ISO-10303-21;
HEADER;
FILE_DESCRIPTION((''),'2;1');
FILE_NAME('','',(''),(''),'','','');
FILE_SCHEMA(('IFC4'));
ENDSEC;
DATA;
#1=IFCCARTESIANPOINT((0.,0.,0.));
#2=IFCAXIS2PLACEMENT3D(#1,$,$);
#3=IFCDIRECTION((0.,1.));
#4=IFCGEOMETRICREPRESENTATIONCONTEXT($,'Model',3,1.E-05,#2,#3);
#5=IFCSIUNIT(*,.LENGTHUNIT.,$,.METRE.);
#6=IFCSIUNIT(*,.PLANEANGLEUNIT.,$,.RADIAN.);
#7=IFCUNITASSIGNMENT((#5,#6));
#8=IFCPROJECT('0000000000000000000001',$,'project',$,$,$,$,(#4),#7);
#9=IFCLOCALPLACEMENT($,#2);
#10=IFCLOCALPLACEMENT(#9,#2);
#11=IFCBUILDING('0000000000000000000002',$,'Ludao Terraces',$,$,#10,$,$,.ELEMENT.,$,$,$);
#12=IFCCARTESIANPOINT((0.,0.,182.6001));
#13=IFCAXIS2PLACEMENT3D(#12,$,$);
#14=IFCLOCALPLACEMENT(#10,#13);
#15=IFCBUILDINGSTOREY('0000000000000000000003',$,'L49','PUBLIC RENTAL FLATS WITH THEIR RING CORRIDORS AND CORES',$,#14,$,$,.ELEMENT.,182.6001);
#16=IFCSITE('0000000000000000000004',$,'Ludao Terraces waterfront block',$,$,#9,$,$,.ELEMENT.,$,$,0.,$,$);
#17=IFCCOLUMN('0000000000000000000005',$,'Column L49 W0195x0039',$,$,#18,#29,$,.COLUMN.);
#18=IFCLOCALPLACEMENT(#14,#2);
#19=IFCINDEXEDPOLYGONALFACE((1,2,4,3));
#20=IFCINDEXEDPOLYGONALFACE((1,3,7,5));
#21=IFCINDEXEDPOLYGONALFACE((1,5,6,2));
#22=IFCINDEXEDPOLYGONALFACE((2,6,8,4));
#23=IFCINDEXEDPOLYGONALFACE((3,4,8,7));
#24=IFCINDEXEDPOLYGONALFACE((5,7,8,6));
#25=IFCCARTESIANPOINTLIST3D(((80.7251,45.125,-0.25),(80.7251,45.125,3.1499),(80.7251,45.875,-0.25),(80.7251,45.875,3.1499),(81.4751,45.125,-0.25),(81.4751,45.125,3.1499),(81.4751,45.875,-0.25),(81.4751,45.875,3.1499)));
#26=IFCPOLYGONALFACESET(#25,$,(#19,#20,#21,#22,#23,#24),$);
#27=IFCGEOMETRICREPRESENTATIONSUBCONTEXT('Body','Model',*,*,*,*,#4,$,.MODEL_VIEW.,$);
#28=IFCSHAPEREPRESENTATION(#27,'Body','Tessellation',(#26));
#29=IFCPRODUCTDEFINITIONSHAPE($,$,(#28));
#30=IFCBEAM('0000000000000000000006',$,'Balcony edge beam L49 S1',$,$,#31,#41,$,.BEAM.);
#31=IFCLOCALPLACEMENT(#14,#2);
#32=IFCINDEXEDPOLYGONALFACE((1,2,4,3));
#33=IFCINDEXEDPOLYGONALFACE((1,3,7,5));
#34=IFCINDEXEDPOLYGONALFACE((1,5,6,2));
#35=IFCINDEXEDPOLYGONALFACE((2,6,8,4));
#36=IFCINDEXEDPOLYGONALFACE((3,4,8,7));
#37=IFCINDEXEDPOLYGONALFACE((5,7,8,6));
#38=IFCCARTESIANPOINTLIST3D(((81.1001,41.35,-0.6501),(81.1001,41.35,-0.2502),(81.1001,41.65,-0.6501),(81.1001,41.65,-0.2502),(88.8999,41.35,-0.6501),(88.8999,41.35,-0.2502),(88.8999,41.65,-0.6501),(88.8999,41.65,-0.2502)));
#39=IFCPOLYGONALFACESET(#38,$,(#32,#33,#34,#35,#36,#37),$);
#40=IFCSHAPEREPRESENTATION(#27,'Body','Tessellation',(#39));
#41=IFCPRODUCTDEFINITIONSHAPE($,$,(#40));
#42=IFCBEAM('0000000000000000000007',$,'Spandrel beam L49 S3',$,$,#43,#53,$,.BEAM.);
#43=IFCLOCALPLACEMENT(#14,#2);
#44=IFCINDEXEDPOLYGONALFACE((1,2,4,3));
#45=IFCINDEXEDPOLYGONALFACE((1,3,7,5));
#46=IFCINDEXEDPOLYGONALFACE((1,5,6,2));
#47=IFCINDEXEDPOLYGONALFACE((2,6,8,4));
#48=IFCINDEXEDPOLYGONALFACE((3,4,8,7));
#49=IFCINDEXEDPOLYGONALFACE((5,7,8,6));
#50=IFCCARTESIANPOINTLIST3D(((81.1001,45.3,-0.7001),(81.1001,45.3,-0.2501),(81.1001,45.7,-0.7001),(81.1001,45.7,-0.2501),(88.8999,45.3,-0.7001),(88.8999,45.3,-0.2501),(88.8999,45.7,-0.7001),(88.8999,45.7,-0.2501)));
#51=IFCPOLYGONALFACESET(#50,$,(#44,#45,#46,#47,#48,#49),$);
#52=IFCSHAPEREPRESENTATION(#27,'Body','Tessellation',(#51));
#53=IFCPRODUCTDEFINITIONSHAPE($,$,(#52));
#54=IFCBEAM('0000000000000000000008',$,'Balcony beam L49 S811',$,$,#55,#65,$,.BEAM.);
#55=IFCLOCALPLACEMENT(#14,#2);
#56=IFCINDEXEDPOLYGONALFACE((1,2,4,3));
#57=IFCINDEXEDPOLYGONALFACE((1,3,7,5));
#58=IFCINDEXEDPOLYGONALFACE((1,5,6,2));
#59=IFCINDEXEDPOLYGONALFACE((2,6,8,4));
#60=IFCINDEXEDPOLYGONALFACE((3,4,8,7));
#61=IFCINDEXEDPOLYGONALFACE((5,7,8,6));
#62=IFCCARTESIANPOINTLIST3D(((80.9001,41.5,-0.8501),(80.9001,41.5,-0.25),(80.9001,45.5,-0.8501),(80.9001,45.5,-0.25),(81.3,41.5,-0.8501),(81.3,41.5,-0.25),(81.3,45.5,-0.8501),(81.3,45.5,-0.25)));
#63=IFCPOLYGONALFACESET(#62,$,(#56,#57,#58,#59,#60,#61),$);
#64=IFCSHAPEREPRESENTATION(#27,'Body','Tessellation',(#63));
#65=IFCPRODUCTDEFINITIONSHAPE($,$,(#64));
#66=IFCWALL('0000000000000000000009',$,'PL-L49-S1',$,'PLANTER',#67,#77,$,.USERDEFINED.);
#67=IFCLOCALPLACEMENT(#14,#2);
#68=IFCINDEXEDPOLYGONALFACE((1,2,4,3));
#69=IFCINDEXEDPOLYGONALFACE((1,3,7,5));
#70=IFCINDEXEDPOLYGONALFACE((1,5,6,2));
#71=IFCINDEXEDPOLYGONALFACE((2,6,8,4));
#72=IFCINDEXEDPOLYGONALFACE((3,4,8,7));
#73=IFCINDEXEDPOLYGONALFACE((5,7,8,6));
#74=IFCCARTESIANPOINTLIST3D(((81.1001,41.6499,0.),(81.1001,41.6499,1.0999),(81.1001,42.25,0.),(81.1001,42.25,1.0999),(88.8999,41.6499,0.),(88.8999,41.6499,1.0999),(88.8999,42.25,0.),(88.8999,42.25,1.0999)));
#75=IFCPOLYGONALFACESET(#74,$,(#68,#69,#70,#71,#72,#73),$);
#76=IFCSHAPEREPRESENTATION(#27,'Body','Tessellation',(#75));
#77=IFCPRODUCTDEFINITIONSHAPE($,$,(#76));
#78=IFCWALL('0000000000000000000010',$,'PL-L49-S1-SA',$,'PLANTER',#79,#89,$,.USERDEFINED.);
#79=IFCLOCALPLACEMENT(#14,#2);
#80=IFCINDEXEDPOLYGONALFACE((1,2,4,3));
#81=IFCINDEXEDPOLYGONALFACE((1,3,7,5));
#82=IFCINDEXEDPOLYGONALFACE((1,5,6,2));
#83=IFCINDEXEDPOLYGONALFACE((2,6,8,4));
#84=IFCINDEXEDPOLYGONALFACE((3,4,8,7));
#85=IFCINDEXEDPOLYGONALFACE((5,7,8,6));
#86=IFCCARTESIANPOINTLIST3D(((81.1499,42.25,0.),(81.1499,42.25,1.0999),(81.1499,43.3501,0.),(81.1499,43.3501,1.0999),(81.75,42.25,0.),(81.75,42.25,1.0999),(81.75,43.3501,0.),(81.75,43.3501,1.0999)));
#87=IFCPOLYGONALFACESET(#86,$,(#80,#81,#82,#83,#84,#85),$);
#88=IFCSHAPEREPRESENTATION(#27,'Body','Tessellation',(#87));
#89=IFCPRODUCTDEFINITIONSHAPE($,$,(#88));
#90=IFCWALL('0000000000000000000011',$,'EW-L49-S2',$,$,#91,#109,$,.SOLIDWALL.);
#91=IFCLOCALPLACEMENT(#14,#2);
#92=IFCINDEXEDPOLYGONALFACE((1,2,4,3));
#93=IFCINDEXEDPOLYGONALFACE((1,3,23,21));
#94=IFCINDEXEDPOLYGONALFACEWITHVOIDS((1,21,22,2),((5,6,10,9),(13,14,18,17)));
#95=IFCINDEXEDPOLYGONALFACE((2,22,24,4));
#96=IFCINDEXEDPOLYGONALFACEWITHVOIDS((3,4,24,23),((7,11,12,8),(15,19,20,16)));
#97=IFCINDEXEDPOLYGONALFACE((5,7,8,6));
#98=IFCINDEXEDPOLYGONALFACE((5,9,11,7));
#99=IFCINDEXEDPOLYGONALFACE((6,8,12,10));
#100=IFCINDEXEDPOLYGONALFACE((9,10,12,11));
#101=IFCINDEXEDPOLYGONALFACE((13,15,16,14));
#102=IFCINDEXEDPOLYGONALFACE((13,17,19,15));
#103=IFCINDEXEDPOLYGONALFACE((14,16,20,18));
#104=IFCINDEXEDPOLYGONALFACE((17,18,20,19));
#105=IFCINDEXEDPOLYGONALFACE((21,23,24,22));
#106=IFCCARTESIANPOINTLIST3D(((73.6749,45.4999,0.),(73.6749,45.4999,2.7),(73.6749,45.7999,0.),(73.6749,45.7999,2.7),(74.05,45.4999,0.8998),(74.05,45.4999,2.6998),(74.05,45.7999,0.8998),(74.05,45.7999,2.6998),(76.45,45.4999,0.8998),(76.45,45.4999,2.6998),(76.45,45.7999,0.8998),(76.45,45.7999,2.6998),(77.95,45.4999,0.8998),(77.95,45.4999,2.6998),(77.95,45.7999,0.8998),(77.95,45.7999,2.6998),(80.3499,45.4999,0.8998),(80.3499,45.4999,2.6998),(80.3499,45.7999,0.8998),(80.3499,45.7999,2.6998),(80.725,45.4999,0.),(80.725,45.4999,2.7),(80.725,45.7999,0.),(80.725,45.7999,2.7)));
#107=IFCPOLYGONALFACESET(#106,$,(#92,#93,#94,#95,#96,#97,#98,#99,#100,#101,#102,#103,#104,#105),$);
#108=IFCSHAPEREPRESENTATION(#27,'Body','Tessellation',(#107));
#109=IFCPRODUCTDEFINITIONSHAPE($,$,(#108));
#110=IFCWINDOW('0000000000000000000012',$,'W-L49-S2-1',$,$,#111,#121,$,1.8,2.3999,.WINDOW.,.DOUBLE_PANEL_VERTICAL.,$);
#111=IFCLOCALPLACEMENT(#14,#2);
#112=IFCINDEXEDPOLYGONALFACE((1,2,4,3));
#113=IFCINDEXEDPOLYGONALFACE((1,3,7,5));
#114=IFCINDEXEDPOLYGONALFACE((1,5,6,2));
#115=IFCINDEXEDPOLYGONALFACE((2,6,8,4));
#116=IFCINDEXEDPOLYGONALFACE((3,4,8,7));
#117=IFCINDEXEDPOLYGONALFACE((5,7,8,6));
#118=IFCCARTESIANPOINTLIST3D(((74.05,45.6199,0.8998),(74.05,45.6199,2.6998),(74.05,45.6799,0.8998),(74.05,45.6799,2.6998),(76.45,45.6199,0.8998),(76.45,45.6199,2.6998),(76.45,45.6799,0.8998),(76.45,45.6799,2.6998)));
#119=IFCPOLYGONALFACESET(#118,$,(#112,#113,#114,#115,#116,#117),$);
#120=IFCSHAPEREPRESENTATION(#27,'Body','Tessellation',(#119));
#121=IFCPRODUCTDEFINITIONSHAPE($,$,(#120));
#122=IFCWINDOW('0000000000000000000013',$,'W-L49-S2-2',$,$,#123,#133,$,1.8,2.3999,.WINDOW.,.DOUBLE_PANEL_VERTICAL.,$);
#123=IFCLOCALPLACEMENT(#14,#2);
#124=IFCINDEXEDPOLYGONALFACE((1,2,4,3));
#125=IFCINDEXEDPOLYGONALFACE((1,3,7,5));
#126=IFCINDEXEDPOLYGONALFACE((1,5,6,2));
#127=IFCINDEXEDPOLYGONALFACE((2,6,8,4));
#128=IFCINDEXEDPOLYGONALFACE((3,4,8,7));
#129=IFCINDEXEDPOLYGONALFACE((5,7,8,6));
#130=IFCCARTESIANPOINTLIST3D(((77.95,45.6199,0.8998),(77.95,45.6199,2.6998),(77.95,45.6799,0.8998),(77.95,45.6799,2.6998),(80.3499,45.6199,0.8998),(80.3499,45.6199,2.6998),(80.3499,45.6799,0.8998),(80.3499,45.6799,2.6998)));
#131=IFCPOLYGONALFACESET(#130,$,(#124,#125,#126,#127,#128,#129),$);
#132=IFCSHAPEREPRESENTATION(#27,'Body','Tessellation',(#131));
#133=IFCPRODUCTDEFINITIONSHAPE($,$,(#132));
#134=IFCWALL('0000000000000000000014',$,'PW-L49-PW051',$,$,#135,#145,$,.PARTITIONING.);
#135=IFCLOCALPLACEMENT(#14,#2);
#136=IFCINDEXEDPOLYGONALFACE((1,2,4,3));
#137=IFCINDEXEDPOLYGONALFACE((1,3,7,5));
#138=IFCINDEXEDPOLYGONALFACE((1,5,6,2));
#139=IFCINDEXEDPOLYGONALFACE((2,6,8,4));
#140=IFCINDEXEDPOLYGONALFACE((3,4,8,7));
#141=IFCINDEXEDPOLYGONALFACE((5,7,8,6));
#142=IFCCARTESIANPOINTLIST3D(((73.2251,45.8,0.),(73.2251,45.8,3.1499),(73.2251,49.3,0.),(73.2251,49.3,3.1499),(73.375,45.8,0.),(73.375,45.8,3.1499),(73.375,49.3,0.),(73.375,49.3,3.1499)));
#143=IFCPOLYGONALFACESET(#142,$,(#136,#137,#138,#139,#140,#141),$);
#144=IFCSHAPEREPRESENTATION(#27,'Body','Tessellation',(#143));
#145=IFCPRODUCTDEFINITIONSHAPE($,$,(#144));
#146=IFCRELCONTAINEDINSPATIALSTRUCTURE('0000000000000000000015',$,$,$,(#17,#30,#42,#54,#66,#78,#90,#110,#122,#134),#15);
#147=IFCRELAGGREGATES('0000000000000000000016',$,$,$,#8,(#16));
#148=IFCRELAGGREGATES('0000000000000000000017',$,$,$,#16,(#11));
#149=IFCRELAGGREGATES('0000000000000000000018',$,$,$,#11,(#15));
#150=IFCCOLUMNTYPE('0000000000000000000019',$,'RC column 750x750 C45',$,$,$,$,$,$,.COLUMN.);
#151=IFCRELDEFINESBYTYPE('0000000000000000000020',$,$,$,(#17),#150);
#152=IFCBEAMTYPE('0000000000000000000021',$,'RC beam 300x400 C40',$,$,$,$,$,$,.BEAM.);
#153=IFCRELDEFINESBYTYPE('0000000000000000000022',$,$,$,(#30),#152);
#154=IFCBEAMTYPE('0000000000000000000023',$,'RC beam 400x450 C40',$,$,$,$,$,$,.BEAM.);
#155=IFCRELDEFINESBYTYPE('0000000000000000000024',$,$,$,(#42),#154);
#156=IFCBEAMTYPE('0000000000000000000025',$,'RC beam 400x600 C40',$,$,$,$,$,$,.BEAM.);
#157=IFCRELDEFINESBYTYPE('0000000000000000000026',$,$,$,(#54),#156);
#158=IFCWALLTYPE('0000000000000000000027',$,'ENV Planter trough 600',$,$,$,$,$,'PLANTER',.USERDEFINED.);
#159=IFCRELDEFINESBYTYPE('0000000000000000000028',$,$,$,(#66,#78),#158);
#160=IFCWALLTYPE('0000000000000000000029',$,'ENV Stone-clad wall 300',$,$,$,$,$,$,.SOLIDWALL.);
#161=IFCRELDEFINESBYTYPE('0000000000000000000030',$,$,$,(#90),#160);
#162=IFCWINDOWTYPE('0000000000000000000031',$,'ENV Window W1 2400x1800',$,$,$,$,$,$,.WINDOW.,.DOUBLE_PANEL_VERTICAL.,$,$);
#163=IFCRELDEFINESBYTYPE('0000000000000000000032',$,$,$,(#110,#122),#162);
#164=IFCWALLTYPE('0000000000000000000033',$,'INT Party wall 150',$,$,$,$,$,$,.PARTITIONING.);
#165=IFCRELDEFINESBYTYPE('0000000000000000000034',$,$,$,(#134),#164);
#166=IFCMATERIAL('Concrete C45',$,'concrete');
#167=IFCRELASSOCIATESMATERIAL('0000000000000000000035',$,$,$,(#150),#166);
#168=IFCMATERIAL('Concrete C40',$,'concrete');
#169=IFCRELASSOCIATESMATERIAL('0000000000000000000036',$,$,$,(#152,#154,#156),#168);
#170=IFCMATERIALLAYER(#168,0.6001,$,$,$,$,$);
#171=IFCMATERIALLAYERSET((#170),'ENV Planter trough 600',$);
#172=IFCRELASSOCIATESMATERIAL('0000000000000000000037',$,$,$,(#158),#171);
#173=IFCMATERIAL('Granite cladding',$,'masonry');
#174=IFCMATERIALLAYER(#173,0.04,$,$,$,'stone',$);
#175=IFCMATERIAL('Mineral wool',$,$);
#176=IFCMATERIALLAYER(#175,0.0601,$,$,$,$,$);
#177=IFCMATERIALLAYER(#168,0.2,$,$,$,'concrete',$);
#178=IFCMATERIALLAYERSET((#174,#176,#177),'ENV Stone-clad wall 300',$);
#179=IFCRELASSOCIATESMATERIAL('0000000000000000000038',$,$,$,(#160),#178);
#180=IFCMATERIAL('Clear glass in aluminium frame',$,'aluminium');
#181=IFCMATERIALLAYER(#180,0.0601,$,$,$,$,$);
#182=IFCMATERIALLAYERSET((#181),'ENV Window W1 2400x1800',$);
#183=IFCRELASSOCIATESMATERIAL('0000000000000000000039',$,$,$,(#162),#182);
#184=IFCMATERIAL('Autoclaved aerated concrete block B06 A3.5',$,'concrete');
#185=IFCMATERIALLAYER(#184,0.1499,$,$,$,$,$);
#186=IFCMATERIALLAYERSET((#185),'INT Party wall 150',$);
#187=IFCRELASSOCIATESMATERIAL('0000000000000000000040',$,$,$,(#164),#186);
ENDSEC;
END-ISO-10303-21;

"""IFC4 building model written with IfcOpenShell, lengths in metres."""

from ifc_helpers import new_model, si_unit, direction, frame, frame_2d, origin, origin_2d, place, context, subcontext, project, spatial, rectangle, extrude, material, layer, layer_set, material_profile, profile_set, type_object, element, fill, save


model = new_model("IFC4")

# Units and contexts
model_context = context("Model", 3, precision=1e-05, world=origin(), true_north=direction((0.0, 1.0)))
body_context = subcontext(model_context, "Body", "Model", "MODEL_VIEW")
ifc_project = project(units=[si_unit("LENGTHUNIT", "METRE"), si_unit("PLANEANGLEUNIT", "RADIAN")], contexts=[model_context])

# Site, building, storey
site_placement = place(None, origin())
site = spatial("IfcSite", under=ifc_project, at=site_placement, Name="Ludao Terraces waterfront block", CompositionType="ELEMENT", RefElevation=0.0)
building_placement = place(site_placement, origin())
building = spatial("IfcBuilding", under=site, at=building_placement, Name="Ludao Terraces", CompositionType="ELEMENT")
storey_placement = place(building_placement, frame((0.0, 0.0, 182.6001)))
storey = spatial("IfcBuildingStorey", under=building, at=storey_placement, Name="L49", Description="PUBLIC RENTAL FLATS WITH THEIR RING CORRIDORS AND CORES", CompositionType="ELEMENT", Elevation=182.6001)

# Column
ifc_material_1 = material(Name="Concrete C45", Category="concrete")
ifc_material_profile_1 = material_profile(ifc_material_1, rectangle(XDim=0.75, YDim=0.75, at=origin_2d()), Name="750 X 750")
ifc_profile_set_1 = profile_set([ifc_material_profile_1], Name="Concrete C45")
column_type = type_object("IfcColumnType", Name="RC column 750x750 C45", PredefinedType="COLUMN", material=ifc_profile_set_1)
column_placement = place(storey_placement, frame((81.1001, 45.5, -0.25), z_axis=(0.0, 0.0, 1.0), x_axis=(1.0, 0.0, 0.0)))
element("IfcColumn", 1, at=column_placement, inside=storey, type_object=column_type, Name="Column L49 W0195x0039", PredefinedType="COLUMN", context=body_context, shape_type="SweptSolid", body=[
    extrude(rectangle(XDim=0.75, YDim=0.75, at=origin_2d()), origin(), (0.0, 0.0, 1.0), 3.3999),
])

# Beams
ifc_material_2 = material(Name="Concrete C40", Category="concrete")
ifc_material_profile_2 = material_profile(ifc_material_2, rectangle(XDim=0.3, YDim=0.3999, at=origin_2d()), Name="300 X 400")
ifc_profile_set_2 = profile_set([ifc_material_profile_2], Name="Concrete C40")
beam_type_1 = type_object("IfcBeamType", Name="RC beam 300x400 C40", PredefinedType="BEAM", material=ifc_profile_set_2)
beam_1_placement = place(storey_placement, frame((81.1001, 41.5, -0.4502), z_axis=(1.0, 0.0, 0.0), x_axis=(0.0, 1.0, 0.0)))
element("IfcBeam", 2, at=beam_1_placement, inside=storey, type_object=beam_type_1, Name="Balcony edge beam L49 S1", PredefinedType="BEAM", context=body_context, shape_type="SweptSolid", body=[
    extrude(rectangle(XDim=0.3, YDim=0.3999, at=origin_2d()), origin(), (0.0, 0.0, 1.0), 7.7998),
])
ifc_material_profile_3 = material_profile(ifc_material_2, rectangle(XDim=0.3999, YDim=0.45, at=origin_2d()), Name="400 X 450")
ifc_profile_set_3 = profile_set([ifc_material_profile_3], Name="Concrete C40")
beam_type_2 = type_object("IfcBeamType", Name="RC beam 400x450 C40", PredefinedType="BEAM", material=ifc_profile_set_3)
beam_2_placement = place(storey_placement, frame((81.1001, 45.5, -0.4751), z_axis=(1.0, 0.0, 0.0), x_axis=(0.0, 1.0, 0.0)))
element("IfcBeam", 3, at=beam_2_placement, inside=storey, type_object=beam_type_2, Name="Spandrel beam L49 S3", PredefinedType="BEAM", context=body_context, shape_type="SweptSolid", body=[
    extrude(rectangle(XDim=0.3999, YDim=0.45, at=origin_2d()), origin(), (0.0, 0.0, 1.0), 7.7998),
])
ifc_material_profile_4 = material_profile(ifc_material_2, rectangle(XDim=0.3999, YDim=0.6001, at=origin_2d()), Name="400 X 600")
ifc_profile_set_4 = profile_set([ifc_material_profile_4], Name="Concrete C40")
beam_type_3 = type_object("IfcBeamType", Name="RC beam 400x600 C40", PredefinedType="BEAM", material=ifc_profile_set_4)
beam_3_placement = place(storey_placement, frame((81.1001, 45.5, -0.55), z_axis=(0.0, -1.0, 0.0), x_axis=(1.0, 0.0, 0.0)))
element("IfcBeam", 4, at=beam_3_placement, inside=storey, type_object=beam_type_3, Name="Balcony beam L49 S811", PredefinedType="BEAM", context=body_context, shape_type="SweptSolid", body=[
    extrude(rectangle(XDim=0.3999, YDim=0.6001, at=origin_2d()), origin(), (0.0, 0.0, 1.0), 4.0),
])

# Walls
ifc_layer_1 = layer(ifc_material_2, 0.6001)
ifc_layer_set_1 = layer_set([ifc_layer_1], Name="ENV Planter trough 600")
wall_type_1 = type_object("IfcWallType", Name="ENV Planter trough 600", ElementType="PLANTER", PredefinedType="USERDEFINED", material=ifc_layer_set_1)
wall_1_placement = place(storey_placement, frame((81.1001, 41.95, 0.0), z_axis=(0.0, 0.0, 1.0), x_axis=(1.0, 0.0, 0.0)))
element("IfcWall", 5, at=wall_1_placement, inside=storey, type_object=wall_type_1, Name="PL-L49-S1", ObjectType="PLANTER", PredefinedType="USERDEFINED", context=body_context, shape_type="SweptSolid", body=[
    extrude(rectangle(XDim=7.7998, YDim=0.6001, at=frame_2d((3.8999, 0.0))), origin(), (0.0, 0.0, 1.0), 1.0999),
])
wall_2_placement = place(storey_placement, frame((81.45, 42.25, 0.0), z_axis=(0.0, 0.0, 1.0), x_axis=(0.0, 1.0, 0.0)))
element("IfcWall", 6, at=wall_2_placement, inside=storey, type_object=wall_type_1, Name="PL-L49-S1-SA", ObjectType="PLANTER", PredefinedType="USERDEFINED", context=body_context, shape_type="SweptSolid", body=[
    extrude(rectangle(XDim=1.1001, YDim=0.6001, at=frame_2d((0.55, 0.0))), origin(), (0.0, 0.0, 1.0), 1.0999),
])

# Wall, openings, windows
ifc_material_3 = material(Name="Granite cladding", Category="masonry")
ifc_layer_2 = layer(ifc_material_3, 0.04, Category="stone")
ifc_material_4 = material(Name="Mineral wool")
ifc_layer_3 = layer(ifc_material_4, 0.0601)
ifc_layer_4 = layer(ifc_material_2, 0.2, Category="concrete")
ifc_layer_set_2 = layer_set([ifc_layer_2, ifc_layer_3, ifc_layer_4], Name="ENV Stone-clad wall 300")
wall_type_2 = type_object("IfcWallType", Name="ENV Stone-clad wall 300", PredefinedType="SOLIDWALL", material=ifc_layer_set_2)
wall_3_placement = place(storey_placement, frame((73.675, 45.6499, 0.0), z_axis=(0.0, 0.0, 1.0), x_axis=(1.0, 0.0, 0.0)))
wall_3 = element("IfcWall", 7, at=wall_3_placement, inside=storey, type_object=wall_type_2, Name="EW-L49-S2", PredefinedType="SOLIDWALL", context=body_context, shape_type="SweptSolid", body=[
    extrude(rectangle(XDim=7.05, YDim=0.3, at=frame_2d((3.5249, 0.0))), origin(), (0.0, 0.0, 1.0), 2.7),
])
opening_1_placement = place(wall_3_placement, frame((0.375, 0.0, 0.8999)))
opening_1 = element("IfcOpeningElement", 8, at=opening_1_placement, cuts=wall_3, PredefinedType="OPENING", context=body_context, shape_type="SweptSolid", body=[
    extrude(rectangle(XDim=2.3999, YDim=1.8, at=frame_2d((1.2, 0.8999))), frame((0.0, 0.1602, 0.0), z_axis=(0.0, -1.0, 0.0), x_axis=(1.0, 0.0, 0.0)), (0.0, 0.0, 1.0), 0.3201),
])
opening_2_placement = place(wall_3_placement, frame((4.2749, 0.0, 0.8999)))
opening_2 = element("IfcOpeningElement", 9, at=opening_2_placement, cuts=wall_3, PredefinedType="OPENING", context=body_context, shape_type="SweptSolid", body=[
    extrude(rectangle(XDim=2.3999, YDim=1.8, at=frame_2d((1.2, 0.8999))), frame((0.0, 0.1602, 0.0), z_axis=(0.0, -1.0, 0.0), x_axis=(1.0, 0.0, 0.0)), (0.0, 0.0, 1.0), 0.3201),
])
ifc_material_5 = material(Name="Clear glass in aluminium frame", Category="aluminium")
ifc_layer_5 = layer(ifc_material_5, 0.0601)
ifc_layer_set_3 = layer_set([ifc_layer_5], Name="ENV Window W1 2400x1800")
window_type = type_object("IfcWindowType", Name="ENV Window W1 2400x1800", PartitioningType="DOUBLE_PANEL_VERTICAL", PredefinedType="WINDOW", material=ifc_layer_set_3)
window_1_placement = place(opening_1_placement, origin())
window_1 = element("IfcWindow", 10, at=window_1_placement, inside=storey, type_object=window_type, Name="W-L49-S2-1", OverallHeight=1.8, OverallWidth=2.3999, PartitioningType="DOUBLE_PANEL_VERTICAL", PredefinedType="WINDOW", context=body_context, shape_type="SweptSolid", body=[
    extrude(rectangle(XDim=2.3999, YDim=1.8, at=frame_2d((1.2, 0.8999))), frame((0.0, 0.03, 0.0), z_axis=(0.0, -1.0, 0.0), x_axis=(1.0, 0.0, 0.0)), (0.0, 0.0, 1.0), 0.0601),
])
fill(opening_1, window_1)
window_2_placement = place(opening_2_placement, origin())
window_2 = element("IfcWindow", 11, at=window_2_placement, inside=storey, type_object=window_type, Name="W-L49-S2-2", OverallHeight=1.8, OverallWidth=2.3999, PartitioningType="DOUBLE_PANEL_VERTICAL", PredefinedType="WINDOW", context=body_context, shape_type="SweptSolid", body=[
    extrude(rectangle(XDim=2.3999, YDim=1.8, at=frame_2d((1.2, 0.8999))), frame((0.0, 0.03, 0.0), z_axis=(0.0, -1.0, 0.0), x_axis=(1.0, 0.0, 0.0)), (0.0, 0.0, 1.0), 0.0601),
])
fill(opening_2, window_2)

# Wall
ifc_material_6 = material(Name="Autoclaved aerated concrete block B06 A3.5", Category="concrete")
ifc_layer_6 = layer(ifc_material_6, 0.1499)
ifc_layer_set_4 = layer_set([ifc_layer_6], Name="INT Party wall 150")
wall_type_3 = type_object("IfcWallType", Name="INT Party wall 150", PredefinedType="PARTITIONING", material=ifc_layer_set_4)
wall_4_placement = place(storey_placement, frame((73.3, 45.8, 0.0), z_axis=(0.0, 0.0, 1.0), x_axis=(0.0, 1.0, 0.0)))
element("IfcWall", 12, at=wall_4_placement, inside=storey, type_object=wall_type_3, Name="PW-L49-PW051", PredefinedType="PARTITIONING", context=body_context, shape_type="SweptSolid", body=[
    extrude(rectangle(XDim=3.5, YDim=0.1499, at=frame_2d((1.75, 0.0))), origin(), (0.0, 0.0, 1.0), 3.1499),
])

save(model, "model.ifc")
